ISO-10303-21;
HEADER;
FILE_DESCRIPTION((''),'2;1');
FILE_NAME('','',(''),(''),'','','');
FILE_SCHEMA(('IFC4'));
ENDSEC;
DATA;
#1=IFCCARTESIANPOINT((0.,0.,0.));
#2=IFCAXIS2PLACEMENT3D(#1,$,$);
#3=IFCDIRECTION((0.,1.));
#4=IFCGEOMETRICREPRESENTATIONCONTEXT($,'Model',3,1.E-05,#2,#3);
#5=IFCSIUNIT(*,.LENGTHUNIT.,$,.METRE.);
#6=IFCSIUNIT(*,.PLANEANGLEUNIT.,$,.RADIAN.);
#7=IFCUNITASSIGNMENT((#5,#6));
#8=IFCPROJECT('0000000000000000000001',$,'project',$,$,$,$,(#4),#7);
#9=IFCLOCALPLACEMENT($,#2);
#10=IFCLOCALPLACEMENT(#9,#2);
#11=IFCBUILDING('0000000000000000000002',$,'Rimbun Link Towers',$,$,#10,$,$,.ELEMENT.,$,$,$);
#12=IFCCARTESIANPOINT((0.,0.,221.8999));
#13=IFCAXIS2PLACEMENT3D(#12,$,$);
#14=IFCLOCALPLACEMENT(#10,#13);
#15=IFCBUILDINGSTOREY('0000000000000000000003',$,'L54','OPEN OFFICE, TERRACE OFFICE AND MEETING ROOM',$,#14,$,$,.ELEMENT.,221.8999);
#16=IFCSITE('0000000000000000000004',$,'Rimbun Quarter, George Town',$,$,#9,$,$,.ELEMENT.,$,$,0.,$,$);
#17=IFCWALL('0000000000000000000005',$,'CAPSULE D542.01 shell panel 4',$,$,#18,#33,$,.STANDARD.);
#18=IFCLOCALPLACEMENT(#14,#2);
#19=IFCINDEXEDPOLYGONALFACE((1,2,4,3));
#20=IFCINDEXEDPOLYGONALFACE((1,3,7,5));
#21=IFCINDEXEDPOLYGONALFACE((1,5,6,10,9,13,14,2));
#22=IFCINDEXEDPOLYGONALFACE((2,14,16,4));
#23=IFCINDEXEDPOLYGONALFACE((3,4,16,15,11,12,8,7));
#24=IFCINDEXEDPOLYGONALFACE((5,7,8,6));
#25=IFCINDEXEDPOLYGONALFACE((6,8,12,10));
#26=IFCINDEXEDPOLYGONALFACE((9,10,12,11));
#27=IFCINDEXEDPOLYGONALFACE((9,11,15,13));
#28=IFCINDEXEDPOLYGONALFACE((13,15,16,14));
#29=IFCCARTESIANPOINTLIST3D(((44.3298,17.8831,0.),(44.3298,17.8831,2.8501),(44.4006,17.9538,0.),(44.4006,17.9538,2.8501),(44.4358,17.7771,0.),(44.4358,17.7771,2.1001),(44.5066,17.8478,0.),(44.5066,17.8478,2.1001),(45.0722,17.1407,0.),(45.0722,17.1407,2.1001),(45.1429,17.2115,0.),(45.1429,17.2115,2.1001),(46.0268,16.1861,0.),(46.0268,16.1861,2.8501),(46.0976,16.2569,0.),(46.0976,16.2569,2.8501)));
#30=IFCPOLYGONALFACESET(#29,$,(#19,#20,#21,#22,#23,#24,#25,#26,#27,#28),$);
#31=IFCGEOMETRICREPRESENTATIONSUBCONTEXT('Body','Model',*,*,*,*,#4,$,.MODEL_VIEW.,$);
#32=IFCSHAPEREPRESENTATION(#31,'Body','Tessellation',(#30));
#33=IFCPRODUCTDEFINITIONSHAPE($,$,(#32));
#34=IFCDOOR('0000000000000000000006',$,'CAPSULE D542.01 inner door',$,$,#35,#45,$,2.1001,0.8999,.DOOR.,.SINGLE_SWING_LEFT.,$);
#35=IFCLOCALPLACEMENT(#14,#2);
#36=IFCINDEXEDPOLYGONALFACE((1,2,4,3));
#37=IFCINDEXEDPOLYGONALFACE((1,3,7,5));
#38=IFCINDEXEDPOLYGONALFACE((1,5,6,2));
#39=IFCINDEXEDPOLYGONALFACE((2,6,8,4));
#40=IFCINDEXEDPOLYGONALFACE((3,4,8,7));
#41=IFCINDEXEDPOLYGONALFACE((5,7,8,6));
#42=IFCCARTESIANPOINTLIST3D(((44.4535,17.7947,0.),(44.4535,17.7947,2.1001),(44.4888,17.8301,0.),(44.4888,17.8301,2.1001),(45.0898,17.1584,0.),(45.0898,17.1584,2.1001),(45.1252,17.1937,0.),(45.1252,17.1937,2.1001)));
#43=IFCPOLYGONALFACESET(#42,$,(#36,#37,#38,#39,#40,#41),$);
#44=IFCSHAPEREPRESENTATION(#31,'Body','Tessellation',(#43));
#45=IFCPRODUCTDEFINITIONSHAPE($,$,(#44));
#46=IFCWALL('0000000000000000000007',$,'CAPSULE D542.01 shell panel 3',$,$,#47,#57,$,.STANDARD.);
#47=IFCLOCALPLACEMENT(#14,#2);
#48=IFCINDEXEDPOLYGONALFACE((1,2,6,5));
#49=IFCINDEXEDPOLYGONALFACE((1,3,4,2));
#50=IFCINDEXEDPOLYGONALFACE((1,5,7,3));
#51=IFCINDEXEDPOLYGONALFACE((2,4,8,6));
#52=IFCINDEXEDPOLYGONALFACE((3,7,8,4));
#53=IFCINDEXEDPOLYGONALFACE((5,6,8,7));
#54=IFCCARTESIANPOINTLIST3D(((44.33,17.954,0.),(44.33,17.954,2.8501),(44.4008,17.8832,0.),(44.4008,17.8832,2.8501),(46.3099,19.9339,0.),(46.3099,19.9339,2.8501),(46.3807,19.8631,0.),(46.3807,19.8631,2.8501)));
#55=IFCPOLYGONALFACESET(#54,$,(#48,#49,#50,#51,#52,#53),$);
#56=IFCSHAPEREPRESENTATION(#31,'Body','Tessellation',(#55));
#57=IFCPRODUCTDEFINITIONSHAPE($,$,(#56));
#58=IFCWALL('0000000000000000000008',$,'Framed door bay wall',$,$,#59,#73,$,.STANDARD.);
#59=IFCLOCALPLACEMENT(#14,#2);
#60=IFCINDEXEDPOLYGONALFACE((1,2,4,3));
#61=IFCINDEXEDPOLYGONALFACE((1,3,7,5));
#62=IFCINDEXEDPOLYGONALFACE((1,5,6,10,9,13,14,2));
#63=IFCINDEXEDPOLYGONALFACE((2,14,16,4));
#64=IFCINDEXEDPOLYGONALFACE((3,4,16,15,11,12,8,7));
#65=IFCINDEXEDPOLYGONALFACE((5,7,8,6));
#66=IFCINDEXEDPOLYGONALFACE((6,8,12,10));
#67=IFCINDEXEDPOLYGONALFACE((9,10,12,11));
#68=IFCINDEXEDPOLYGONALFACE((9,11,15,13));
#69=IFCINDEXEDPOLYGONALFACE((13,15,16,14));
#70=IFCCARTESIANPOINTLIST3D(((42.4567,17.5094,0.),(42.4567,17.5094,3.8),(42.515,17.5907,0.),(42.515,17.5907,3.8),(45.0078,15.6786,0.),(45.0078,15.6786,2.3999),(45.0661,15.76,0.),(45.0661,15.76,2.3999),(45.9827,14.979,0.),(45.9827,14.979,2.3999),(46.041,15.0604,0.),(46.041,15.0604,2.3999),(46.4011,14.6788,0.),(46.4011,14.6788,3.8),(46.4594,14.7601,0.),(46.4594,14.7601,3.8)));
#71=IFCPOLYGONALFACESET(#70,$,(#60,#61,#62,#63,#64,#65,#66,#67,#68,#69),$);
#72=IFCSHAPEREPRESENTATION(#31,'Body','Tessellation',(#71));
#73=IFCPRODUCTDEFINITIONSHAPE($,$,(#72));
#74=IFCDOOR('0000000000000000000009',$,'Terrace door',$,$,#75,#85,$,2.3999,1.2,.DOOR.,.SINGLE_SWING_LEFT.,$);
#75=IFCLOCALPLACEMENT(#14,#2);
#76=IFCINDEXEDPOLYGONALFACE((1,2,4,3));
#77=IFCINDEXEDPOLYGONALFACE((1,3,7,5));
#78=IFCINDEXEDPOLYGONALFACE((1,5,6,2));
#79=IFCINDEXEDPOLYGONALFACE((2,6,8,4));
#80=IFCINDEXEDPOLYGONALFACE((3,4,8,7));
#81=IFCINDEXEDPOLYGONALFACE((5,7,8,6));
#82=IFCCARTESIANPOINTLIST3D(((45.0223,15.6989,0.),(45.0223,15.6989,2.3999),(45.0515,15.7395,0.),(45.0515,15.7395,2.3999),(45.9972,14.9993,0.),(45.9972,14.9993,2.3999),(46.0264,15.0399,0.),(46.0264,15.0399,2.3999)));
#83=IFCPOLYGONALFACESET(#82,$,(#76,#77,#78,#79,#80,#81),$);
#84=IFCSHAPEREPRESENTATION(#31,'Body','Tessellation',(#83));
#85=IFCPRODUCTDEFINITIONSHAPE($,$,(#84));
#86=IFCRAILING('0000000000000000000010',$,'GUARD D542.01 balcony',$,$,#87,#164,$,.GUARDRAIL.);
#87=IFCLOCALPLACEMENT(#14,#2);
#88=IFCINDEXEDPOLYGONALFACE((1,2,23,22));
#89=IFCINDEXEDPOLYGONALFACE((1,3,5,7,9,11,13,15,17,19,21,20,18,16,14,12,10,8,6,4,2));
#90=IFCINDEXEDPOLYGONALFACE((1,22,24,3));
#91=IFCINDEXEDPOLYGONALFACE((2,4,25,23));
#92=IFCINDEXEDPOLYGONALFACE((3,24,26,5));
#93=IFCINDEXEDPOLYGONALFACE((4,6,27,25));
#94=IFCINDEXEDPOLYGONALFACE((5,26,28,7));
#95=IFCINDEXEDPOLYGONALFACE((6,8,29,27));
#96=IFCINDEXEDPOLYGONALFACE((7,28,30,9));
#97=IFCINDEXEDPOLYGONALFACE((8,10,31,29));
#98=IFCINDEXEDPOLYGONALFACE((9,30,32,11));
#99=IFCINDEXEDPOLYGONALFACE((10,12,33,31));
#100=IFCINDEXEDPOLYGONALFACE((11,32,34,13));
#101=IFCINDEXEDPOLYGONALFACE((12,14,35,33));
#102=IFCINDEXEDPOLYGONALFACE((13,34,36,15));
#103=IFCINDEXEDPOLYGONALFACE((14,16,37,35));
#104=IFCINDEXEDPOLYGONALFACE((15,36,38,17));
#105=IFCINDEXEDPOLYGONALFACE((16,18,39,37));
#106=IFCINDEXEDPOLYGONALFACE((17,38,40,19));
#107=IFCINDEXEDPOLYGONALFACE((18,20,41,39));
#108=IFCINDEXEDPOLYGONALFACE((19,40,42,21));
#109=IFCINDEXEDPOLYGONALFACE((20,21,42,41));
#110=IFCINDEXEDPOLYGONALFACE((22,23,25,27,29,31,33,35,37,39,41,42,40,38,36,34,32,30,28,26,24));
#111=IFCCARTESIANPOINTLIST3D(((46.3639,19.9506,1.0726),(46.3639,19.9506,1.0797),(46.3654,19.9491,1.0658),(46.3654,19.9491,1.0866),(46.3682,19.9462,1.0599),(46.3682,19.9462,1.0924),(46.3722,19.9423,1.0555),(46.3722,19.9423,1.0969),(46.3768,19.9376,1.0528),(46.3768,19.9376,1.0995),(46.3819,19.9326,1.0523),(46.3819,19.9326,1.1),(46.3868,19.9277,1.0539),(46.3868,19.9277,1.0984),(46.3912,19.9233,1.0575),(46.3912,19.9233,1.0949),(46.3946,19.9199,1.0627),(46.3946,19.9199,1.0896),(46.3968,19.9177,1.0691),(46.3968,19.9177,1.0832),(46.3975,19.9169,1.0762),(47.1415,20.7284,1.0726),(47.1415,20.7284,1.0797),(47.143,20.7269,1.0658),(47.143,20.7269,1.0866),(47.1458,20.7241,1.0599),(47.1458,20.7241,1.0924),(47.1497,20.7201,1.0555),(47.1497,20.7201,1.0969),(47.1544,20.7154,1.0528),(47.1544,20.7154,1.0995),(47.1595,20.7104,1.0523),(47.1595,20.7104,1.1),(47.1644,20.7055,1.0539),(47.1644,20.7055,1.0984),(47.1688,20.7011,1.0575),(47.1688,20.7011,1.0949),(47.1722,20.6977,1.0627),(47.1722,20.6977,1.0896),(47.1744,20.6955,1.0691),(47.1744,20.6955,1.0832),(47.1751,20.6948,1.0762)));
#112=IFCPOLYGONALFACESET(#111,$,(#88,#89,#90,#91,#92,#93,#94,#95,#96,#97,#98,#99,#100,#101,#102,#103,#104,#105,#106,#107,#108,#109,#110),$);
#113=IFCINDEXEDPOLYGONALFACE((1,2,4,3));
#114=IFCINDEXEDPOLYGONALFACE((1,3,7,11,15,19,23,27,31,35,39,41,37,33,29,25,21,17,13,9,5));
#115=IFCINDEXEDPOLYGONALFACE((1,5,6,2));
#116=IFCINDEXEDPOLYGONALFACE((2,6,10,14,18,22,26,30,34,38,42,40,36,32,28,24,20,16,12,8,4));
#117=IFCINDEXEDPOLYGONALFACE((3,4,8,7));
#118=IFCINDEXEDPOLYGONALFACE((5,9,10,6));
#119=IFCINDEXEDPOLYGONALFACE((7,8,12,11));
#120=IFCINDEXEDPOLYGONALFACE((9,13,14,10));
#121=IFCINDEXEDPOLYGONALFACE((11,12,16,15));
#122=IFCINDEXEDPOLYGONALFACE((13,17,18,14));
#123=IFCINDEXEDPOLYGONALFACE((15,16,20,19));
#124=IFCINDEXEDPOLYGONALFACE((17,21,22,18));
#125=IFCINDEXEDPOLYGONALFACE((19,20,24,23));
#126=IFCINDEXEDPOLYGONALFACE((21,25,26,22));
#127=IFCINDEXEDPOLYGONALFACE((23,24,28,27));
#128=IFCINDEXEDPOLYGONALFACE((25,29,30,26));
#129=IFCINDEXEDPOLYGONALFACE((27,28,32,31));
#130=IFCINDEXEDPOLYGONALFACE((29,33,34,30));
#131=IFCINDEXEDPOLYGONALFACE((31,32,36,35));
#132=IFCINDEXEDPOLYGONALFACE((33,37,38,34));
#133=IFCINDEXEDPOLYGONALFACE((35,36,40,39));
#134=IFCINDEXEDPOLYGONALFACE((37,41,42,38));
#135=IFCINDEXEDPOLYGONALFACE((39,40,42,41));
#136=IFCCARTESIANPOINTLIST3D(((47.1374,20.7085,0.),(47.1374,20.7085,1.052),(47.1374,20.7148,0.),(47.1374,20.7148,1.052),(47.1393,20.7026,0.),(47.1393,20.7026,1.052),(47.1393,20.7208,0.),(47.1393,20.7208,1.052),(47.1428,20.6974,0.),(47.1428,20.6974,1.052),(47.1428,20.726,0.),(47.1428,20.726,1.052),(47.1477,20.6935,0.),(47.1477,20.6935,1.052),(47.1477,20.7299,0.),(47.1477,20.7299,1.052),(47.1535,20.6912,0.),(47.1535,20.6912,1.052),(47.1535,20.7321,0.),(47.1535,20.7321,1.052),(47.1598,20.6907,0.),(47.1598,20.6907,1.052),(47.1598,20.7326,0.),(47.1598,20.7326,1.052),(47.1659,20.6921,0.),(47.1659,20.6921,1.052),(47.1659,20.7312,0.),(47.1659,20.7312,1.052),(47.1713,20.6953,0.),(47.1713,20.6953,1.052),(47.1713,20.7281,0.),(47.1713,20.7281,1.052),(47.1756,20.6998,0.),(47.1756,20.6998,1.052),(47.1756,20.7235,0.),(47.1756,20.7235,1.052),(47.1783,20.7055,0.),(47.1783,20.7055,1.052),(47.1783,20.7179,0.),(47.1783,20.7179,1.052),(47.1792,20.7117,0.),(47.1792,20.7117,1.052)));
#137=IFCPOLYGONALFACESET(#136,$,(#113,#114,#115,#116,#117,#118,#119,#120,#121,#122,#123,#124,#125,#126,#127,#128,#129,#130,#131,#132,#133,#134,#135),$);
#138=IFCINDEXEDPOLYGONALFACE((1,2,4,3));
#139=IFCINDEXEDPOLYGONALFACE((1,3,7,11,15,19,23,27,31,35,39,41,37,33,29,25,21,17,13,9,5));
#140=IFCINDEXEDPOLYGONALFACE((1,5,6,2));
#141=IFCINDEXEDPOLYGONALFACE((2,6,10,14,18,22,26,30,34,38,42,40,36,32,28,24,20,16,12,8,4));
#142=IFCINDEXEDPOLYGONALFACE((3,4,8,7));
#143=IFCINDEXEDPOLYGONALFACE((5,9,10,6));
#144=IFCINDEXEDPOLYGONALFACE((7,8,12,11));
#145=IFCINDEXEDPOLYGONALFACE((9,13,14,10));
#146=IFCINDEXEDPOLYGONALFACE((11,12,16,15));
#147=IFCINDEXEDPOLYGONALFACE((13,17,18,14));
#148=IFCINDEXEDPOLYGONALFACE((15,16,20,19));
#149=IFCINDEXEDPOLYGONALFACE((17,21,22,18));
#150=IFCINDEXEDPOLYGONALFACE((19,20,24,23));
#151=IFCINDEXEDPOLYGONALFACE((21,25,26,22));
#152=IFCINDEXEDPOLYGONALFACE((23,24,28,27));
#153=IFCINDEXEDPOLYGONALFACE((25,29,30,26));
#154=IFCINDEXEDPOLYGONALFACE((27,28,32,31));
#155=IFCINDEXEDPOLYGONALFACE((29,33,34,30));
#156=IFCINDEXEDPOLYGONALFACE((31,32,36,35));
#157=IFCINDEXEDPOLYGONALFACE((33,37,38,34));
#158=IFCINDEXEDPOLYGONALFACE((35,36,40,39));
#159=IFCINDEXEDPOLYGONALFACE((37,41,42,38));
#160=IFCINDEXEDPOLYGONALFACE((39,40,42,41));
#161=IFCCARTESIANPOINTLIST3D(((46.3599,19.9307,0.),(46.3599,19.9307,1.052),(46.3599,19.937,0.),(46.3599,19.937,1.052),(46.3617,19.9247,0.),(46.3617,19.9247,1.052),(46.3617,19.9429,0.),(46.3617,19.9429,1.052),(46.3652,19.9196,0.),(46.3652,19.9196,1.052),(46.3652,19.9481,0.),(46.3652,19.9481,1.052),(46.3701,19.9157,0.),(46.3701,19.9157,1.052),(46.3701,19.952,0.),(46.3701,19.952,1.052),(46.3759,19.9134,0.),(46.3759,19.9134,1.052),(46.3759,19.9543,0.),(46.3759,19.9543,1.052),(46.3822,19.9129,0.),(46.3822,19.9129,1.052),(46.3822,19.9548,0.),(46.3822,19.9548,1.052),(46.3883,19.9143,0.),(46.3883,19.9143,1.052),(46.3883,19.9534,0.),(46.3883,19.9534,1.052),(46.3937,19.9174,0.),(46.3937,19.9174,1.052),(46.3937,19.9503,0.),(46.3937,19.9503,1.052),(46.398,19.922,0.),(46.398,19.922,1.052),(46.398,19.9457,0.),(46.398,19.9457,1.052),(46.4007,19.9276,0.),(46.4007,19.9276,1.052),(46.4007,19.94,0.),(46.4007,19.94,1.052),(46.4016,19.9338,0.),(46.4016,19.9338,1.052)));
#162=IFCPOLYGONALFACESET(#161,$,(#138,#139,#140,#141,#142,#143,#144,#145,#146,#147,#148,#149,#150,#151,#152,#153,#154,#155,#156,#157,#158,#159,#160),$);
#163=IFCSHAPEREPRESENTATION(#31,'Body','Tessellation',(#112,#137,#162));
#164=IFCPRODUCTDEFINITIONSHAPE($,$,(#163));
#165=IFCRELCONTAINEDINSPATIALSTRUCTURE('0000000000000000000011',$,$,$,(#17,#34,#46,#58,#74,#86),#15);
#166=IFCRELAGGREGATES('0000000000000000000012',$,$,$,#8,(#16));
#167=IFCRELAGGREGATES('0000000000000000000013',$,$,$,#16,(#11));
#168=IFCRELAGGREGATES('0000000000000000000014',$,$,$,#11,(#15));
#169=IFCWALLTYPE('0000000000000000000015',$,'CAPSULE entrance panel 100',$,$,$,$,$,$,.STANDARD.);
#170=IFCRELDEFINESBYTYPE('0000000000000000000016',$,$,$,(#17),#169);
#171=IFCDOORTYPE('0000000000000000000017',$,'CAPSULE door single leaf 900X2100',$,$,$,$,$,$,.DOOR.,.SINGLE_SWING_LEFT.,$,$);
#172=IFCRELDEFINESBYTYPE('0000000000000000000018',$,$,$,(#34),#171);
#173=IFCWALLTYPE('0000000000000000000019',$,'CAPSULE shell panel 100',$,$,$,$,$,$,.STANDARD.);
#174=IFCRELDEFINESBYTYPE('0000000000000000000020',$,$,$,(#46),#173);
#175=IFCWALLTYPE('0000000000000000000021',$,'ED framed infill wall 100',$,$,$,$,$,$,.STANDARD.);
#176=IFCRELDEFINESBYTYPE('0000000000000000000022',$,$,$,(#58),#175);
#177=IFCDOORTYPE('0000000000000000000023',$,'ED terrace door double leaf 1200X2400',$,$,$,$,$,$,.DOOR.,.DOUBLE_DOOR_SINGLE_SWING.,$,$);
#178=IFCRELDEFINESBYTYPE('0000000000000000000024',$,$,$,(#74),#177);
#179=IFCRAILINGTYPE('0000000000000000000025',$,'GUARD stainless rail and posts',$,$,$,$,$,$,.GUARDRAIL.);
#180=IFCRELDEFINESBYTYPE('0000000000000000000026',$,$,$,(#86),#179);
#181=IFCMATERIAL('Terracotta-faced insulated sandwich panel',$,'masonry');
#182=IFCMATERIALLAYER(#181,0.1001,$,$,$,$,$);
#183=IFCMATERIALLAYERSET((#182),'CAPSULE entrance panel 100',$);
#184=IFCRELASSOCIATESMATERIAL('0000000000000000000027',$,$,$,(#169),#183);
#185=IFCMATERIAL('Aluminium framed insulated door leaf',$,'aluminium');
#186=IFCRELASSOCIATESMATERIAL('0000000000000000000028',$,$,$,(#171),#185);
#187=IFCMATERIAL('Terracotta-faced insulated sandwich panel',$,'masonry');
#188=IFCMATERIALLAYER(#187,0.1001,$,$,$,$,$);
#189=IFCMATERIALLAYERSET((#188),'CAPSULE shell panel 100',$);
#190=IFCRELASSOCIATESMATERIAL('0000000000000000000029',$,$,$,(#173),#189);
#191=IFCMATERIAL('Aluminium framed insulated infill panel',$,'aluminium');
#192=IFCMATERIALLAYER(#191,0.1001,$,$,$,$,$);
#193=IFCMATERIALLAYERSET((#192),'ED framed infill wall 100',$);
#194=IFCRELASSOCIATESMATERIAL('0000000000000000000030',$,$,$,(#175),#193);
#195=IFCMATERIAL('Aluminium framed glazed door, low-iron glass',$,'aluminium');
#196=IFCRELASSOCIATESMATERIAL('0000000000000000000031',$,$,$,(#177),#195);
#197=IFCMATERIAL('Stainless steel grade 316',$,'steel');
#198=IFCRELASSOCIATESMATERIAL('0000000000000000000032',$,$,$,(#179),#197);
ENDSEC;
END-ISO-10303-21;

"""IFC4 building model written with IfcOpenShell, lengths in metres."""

from ifc_helpers import new_model, si_unit, direction, frame, frame_2d, origin, origin_2d, place, context, subcontext, project, spatial, rectangle, circle, extrude, material, layer, layer_set, type_object, element, fill, save


model = new_model("IFC4")

# Units and contexts
model_context = context("Model", 3, precision=1e-05, world=origin(), true_north=direction((0.0, 1.0)))
body_context = subcontext(model_context, "Body", "Model", "MODEL_VIEW")
ifc_project = project(units=[si_unit("LENGTHUNIT", "METRE"), si_unit("PLANEANGLEUNIT", "RADIAN")], contexts=[model_context])

# Site, building, storey
site_placement = place(None, origin())
site = spatial("IfcSite", under=ifc_project, at=site_placement, Name="Rimbun Quarter, George Town", CompositionType="ELEMENT", RefElevation=0.0)
building_placement = place(site_placement, origin())
building = spatial("IfcBuilding", under=site, at=building_placement, Name="Rimbun Link Towers", CompositionType="ELEMENT")
storey_placement = place(building_placement, frame((0.0, 0.0, 221.8999)))
storey = spatial("IfcBuildingStorey", under=building, at=storey_placement, Name="L54", Description="OPEN OFFICE, TERRACE OFFICE AND MEETING ROOM", CompositionType="ELEMENT", Elevation=221.8999)

# Wall, opening, door
ifc_material_1 = material(Name="Terracotta-faced insulated sandwich panel", Category="masonry")
ifc_layer_1 = layer(ifc_material_1, 0.1001)
ifc_layer_set_1 = layer_set([ifc_layer_1], Name="CAPSULE entrance panel 100")
wall_type_1 = type_object("IfcWallType", Name="CAPSULE entrance panel 100", PredefinedType="STANDARD", material=ifc_layer_set_1)
wall_1_placement = place(storey_placement, frame((44.3652, 17.9185, 0.0), z_axis=(0.0, 0.0, 1.0), x_axis=(0.707107, -0.707107, 0.0)))
wall_1 = element("IfcWall", 1, at=wall_1_placement, inside=storey, type_object=wall_type_1, Name="CAPSULE D542.01 shell panel 4", PredefinedType="STANDARD", context=body_context, shape_type="SweptSolid", body=[
    extrude(rectangle(XDim=2.3999, YDim=0.1001, at=frame_2d((1.2, 0.0))), origin(), (0.0, 0.0, 1.0), 2.8501),
])
opening_1_placement = place(wall_1_placement, frame((0.1499, 0.0, 0.0)))
opening_1 = element("IfcOpeningElement", 2, at=opening_1_placement, cuts=wall_1, PredefinedType="OPENING", context=body_context, shape_type="SweptSolid", body=[
    extrude(rectangle(XDim=0.8999, YDim=2.1001, at=frame_2d((0.45, 1.05))), frame((0.0, 0.0601, 0.0), z_axis=(0.0, -1.0, 0.0), x_axis=(1.0, 0.0, 0.0)), (0.0, 0.0, 1.0), 0.1201),
])
ifc_material_2 = material(Name="Aluminium framed insulated door leaf", Category="aluminium")
door_type_1 = type_object("IfcDoorType", Name="CAPSULE door single leaf 900X2100", OperationType="SINGLE_SWING_LEFT", PredefinedType="DOOR", material=ifc_material_2)
door_1_placement = place(opening_1_placement, origin())
door_1 = element("IfcDoor", 3, at=door_1_placement, inside=storey, type_object=door_type_1, Name="CAPSULE D542.01 inner door", OperationType="SINGLE_SWING_LEFT", OverallHeight=2.1001, OverallWidth=0.8999, PredefinedType="DOOR", context=body_context, shape_type="SweptSolid", body=[
    extrude(rectangle(XDim=0.8999, YDim=2.1001, at=frame_2d((0.45, 1.05))), frame((0.0, 0.0249, 0.0), z_axis=(0.0, -1.0, 0.0), x_axis=(1.0, 0.0, 0.0)), (0.0, 0.0, 1.0), 0.05),
])
fill(opening_1, door_1)

# Wall
ifc_material_3 = material(Name="Terracotta-faced insulated sandwich panel", Category="masonry")
ifc_layer_2 = layer(ifc_material_3, 0.1001)
ifc_layer_set_2 = layer_set([ifc_layer_2], Name="CAPSULE shell panel 100")
wall_type_2 = type_object("IfcWallType", Name="CAPSULE shell panel 100", PredefinedType="STANDARD", material=ifc_layer_set_2)
wall_2_placement = place(storey_placement, frame((46.3452, 19.8984, 0.0), z_axis=(0.0, 0.0, 1.0), x_axis=(-0.707107, -0.707107, 0.0)))
element("IfcWall", 4, at=wall_2_placement, inside=storey, type_object=wall_type_2, Name="CAPSULE D542.01 shell panel 3", PredefinedType="STANDARD", context=body_context, shape_type="SweptSolid", body=[
    extrude(rectangle(XDim=2.8, YDim=0.1001, at=frame_2d((1.3999, 0.0))), origin(), (0.0, 0.0, 1.0), 2.8501),
])

# Wall, opening, door
ifc_material_4 = material(Name="Aluminium framed insulated infill panel", Category="aluminium")
ifc_layer_3 = layer(ifc_material_4, 0.1001)
ifc_layer_set_3 = layer_set([ifc_layer_3], Name="ED framed infill wall 100")
wall_type_3 = type_object("IfcWallType", Name="ED framed infill wall 100", PredefinedType="STANDARD", material=ifc_layer_set_3)
wall_3_placement = place(storey_placement, frame((42.4858, 17.55, 0.0), z_axis=(0.0, 0.0, 1.0), x_axis=(0.812447, -0.583035, 0.0)))
wall_3 = element("IfcWall", 5, at=wall_3_placement, inside=storey, type_object=wall_type_3, Name="Framed door bay wall", PredefinedType="STANDARD", context=body_context, shape_type="SweptSolid", body=[
    extrude(rectangle(XDim=4.855, YDim=0.1001, at=frame_2d((2.4275, 0.0))), origin(), (0.0, 0.0, 1.0), 3.8),
])
opening_2_placement = place(wall_3_placement, frame((3.1399, 0.0, 0.0)))
opening_2 = element("IfcOpeningElement", 6, at=opening_2_placement, cuts=wall_3, PredefinedType="OPENING", context=body_context, shape_type="SweptSolid", body=[
    extrude(rectangle(XDim=1.2, YDim=2.3999, at=frame_2d((0.6001, 1.2))), frame((0.0, 0.0601, 0.0), z_axis=(0.0, -1.0, 0.0), x_axis=(1.0, 0.0, 0.0)), (0.0, 0.0, 1.0), 0.1201),
])
ifc_material_5 = material(Name="Aluminium framed glazed door, low-iron glass", Category="aluminium")
door_type_2 = type_object("IfcDoorType", Name="ED terrace door double leaf 1200X2400", OperationType="DOUBLE_DOOR_SINGLE_SWING", PredefinedType="DOOR", material=ifc_material_5)
door_2_placement = place(opening_2_placement, origin())
door_2 = element("IfcDoor", 7, at=door_2_placement, inside=storey, type_object=door_type_2, Name="Terrace door", OperationType="SINGLE_SWING_LEFT", OverallHeight=2.3999, OverallWidth=1.2, PredefinedType="DOOR", context=body_context, shape_type="SweptSolid", body=[
    extrude(rectangle(XDim=1.2, YDim=2.3999, at=frame_2d((0.6001, 1.2))), frame((0.0, 0.0249, 0.0), z_axis=(0.0, -1.0, 0.0), x_axis=(1.0, 0.0, 0.0)), (0.0, 0.0, 1.0), 0.05),
])
fill(opening_2, door_2)

# Railing
ifc_material_6 = material(Name="Stainless steel grade 316", Category="steel")
railing_type = type_object("IfcRailingType", Name="GUARD stainless rail and posts", PredefinedType="GUARDRAIL", material=ifc_material_6)
railing_1_placement = place(storey_placement, frame((47.1582, 20.7117, 0.0)))
element("IfcRailing", 8, at=railing_1_placement, inside=storey, type_object=railing_type, Name="GUARD D542.01 balcony", PredefinedType="GUARDRAIL", context=body_context, shape_type="SweptSolid", body=[
    extrude(circle(Radius=0.0239, at=origin_2d()), frame((0.0, 0.0, 1.0762), z_axis=(-0.706996, -0.707218, 0.0), x_axis=(0.707218, -0.706996, 0.0)), (0.0, 0.0, 1.0), 1.0999),
    extrude(circle(Radius=0.021, at=origin_2d()), origin(), (0.0, 0.0, 1.0), 1.052),
    extrude(circle(Radius=0.021, at=origin_2d()), frame((-0.7776, -0.7778, 0.0)), (0.0, 0.0, 1.0), 1.052),
])

save(model, "model.ifc")
